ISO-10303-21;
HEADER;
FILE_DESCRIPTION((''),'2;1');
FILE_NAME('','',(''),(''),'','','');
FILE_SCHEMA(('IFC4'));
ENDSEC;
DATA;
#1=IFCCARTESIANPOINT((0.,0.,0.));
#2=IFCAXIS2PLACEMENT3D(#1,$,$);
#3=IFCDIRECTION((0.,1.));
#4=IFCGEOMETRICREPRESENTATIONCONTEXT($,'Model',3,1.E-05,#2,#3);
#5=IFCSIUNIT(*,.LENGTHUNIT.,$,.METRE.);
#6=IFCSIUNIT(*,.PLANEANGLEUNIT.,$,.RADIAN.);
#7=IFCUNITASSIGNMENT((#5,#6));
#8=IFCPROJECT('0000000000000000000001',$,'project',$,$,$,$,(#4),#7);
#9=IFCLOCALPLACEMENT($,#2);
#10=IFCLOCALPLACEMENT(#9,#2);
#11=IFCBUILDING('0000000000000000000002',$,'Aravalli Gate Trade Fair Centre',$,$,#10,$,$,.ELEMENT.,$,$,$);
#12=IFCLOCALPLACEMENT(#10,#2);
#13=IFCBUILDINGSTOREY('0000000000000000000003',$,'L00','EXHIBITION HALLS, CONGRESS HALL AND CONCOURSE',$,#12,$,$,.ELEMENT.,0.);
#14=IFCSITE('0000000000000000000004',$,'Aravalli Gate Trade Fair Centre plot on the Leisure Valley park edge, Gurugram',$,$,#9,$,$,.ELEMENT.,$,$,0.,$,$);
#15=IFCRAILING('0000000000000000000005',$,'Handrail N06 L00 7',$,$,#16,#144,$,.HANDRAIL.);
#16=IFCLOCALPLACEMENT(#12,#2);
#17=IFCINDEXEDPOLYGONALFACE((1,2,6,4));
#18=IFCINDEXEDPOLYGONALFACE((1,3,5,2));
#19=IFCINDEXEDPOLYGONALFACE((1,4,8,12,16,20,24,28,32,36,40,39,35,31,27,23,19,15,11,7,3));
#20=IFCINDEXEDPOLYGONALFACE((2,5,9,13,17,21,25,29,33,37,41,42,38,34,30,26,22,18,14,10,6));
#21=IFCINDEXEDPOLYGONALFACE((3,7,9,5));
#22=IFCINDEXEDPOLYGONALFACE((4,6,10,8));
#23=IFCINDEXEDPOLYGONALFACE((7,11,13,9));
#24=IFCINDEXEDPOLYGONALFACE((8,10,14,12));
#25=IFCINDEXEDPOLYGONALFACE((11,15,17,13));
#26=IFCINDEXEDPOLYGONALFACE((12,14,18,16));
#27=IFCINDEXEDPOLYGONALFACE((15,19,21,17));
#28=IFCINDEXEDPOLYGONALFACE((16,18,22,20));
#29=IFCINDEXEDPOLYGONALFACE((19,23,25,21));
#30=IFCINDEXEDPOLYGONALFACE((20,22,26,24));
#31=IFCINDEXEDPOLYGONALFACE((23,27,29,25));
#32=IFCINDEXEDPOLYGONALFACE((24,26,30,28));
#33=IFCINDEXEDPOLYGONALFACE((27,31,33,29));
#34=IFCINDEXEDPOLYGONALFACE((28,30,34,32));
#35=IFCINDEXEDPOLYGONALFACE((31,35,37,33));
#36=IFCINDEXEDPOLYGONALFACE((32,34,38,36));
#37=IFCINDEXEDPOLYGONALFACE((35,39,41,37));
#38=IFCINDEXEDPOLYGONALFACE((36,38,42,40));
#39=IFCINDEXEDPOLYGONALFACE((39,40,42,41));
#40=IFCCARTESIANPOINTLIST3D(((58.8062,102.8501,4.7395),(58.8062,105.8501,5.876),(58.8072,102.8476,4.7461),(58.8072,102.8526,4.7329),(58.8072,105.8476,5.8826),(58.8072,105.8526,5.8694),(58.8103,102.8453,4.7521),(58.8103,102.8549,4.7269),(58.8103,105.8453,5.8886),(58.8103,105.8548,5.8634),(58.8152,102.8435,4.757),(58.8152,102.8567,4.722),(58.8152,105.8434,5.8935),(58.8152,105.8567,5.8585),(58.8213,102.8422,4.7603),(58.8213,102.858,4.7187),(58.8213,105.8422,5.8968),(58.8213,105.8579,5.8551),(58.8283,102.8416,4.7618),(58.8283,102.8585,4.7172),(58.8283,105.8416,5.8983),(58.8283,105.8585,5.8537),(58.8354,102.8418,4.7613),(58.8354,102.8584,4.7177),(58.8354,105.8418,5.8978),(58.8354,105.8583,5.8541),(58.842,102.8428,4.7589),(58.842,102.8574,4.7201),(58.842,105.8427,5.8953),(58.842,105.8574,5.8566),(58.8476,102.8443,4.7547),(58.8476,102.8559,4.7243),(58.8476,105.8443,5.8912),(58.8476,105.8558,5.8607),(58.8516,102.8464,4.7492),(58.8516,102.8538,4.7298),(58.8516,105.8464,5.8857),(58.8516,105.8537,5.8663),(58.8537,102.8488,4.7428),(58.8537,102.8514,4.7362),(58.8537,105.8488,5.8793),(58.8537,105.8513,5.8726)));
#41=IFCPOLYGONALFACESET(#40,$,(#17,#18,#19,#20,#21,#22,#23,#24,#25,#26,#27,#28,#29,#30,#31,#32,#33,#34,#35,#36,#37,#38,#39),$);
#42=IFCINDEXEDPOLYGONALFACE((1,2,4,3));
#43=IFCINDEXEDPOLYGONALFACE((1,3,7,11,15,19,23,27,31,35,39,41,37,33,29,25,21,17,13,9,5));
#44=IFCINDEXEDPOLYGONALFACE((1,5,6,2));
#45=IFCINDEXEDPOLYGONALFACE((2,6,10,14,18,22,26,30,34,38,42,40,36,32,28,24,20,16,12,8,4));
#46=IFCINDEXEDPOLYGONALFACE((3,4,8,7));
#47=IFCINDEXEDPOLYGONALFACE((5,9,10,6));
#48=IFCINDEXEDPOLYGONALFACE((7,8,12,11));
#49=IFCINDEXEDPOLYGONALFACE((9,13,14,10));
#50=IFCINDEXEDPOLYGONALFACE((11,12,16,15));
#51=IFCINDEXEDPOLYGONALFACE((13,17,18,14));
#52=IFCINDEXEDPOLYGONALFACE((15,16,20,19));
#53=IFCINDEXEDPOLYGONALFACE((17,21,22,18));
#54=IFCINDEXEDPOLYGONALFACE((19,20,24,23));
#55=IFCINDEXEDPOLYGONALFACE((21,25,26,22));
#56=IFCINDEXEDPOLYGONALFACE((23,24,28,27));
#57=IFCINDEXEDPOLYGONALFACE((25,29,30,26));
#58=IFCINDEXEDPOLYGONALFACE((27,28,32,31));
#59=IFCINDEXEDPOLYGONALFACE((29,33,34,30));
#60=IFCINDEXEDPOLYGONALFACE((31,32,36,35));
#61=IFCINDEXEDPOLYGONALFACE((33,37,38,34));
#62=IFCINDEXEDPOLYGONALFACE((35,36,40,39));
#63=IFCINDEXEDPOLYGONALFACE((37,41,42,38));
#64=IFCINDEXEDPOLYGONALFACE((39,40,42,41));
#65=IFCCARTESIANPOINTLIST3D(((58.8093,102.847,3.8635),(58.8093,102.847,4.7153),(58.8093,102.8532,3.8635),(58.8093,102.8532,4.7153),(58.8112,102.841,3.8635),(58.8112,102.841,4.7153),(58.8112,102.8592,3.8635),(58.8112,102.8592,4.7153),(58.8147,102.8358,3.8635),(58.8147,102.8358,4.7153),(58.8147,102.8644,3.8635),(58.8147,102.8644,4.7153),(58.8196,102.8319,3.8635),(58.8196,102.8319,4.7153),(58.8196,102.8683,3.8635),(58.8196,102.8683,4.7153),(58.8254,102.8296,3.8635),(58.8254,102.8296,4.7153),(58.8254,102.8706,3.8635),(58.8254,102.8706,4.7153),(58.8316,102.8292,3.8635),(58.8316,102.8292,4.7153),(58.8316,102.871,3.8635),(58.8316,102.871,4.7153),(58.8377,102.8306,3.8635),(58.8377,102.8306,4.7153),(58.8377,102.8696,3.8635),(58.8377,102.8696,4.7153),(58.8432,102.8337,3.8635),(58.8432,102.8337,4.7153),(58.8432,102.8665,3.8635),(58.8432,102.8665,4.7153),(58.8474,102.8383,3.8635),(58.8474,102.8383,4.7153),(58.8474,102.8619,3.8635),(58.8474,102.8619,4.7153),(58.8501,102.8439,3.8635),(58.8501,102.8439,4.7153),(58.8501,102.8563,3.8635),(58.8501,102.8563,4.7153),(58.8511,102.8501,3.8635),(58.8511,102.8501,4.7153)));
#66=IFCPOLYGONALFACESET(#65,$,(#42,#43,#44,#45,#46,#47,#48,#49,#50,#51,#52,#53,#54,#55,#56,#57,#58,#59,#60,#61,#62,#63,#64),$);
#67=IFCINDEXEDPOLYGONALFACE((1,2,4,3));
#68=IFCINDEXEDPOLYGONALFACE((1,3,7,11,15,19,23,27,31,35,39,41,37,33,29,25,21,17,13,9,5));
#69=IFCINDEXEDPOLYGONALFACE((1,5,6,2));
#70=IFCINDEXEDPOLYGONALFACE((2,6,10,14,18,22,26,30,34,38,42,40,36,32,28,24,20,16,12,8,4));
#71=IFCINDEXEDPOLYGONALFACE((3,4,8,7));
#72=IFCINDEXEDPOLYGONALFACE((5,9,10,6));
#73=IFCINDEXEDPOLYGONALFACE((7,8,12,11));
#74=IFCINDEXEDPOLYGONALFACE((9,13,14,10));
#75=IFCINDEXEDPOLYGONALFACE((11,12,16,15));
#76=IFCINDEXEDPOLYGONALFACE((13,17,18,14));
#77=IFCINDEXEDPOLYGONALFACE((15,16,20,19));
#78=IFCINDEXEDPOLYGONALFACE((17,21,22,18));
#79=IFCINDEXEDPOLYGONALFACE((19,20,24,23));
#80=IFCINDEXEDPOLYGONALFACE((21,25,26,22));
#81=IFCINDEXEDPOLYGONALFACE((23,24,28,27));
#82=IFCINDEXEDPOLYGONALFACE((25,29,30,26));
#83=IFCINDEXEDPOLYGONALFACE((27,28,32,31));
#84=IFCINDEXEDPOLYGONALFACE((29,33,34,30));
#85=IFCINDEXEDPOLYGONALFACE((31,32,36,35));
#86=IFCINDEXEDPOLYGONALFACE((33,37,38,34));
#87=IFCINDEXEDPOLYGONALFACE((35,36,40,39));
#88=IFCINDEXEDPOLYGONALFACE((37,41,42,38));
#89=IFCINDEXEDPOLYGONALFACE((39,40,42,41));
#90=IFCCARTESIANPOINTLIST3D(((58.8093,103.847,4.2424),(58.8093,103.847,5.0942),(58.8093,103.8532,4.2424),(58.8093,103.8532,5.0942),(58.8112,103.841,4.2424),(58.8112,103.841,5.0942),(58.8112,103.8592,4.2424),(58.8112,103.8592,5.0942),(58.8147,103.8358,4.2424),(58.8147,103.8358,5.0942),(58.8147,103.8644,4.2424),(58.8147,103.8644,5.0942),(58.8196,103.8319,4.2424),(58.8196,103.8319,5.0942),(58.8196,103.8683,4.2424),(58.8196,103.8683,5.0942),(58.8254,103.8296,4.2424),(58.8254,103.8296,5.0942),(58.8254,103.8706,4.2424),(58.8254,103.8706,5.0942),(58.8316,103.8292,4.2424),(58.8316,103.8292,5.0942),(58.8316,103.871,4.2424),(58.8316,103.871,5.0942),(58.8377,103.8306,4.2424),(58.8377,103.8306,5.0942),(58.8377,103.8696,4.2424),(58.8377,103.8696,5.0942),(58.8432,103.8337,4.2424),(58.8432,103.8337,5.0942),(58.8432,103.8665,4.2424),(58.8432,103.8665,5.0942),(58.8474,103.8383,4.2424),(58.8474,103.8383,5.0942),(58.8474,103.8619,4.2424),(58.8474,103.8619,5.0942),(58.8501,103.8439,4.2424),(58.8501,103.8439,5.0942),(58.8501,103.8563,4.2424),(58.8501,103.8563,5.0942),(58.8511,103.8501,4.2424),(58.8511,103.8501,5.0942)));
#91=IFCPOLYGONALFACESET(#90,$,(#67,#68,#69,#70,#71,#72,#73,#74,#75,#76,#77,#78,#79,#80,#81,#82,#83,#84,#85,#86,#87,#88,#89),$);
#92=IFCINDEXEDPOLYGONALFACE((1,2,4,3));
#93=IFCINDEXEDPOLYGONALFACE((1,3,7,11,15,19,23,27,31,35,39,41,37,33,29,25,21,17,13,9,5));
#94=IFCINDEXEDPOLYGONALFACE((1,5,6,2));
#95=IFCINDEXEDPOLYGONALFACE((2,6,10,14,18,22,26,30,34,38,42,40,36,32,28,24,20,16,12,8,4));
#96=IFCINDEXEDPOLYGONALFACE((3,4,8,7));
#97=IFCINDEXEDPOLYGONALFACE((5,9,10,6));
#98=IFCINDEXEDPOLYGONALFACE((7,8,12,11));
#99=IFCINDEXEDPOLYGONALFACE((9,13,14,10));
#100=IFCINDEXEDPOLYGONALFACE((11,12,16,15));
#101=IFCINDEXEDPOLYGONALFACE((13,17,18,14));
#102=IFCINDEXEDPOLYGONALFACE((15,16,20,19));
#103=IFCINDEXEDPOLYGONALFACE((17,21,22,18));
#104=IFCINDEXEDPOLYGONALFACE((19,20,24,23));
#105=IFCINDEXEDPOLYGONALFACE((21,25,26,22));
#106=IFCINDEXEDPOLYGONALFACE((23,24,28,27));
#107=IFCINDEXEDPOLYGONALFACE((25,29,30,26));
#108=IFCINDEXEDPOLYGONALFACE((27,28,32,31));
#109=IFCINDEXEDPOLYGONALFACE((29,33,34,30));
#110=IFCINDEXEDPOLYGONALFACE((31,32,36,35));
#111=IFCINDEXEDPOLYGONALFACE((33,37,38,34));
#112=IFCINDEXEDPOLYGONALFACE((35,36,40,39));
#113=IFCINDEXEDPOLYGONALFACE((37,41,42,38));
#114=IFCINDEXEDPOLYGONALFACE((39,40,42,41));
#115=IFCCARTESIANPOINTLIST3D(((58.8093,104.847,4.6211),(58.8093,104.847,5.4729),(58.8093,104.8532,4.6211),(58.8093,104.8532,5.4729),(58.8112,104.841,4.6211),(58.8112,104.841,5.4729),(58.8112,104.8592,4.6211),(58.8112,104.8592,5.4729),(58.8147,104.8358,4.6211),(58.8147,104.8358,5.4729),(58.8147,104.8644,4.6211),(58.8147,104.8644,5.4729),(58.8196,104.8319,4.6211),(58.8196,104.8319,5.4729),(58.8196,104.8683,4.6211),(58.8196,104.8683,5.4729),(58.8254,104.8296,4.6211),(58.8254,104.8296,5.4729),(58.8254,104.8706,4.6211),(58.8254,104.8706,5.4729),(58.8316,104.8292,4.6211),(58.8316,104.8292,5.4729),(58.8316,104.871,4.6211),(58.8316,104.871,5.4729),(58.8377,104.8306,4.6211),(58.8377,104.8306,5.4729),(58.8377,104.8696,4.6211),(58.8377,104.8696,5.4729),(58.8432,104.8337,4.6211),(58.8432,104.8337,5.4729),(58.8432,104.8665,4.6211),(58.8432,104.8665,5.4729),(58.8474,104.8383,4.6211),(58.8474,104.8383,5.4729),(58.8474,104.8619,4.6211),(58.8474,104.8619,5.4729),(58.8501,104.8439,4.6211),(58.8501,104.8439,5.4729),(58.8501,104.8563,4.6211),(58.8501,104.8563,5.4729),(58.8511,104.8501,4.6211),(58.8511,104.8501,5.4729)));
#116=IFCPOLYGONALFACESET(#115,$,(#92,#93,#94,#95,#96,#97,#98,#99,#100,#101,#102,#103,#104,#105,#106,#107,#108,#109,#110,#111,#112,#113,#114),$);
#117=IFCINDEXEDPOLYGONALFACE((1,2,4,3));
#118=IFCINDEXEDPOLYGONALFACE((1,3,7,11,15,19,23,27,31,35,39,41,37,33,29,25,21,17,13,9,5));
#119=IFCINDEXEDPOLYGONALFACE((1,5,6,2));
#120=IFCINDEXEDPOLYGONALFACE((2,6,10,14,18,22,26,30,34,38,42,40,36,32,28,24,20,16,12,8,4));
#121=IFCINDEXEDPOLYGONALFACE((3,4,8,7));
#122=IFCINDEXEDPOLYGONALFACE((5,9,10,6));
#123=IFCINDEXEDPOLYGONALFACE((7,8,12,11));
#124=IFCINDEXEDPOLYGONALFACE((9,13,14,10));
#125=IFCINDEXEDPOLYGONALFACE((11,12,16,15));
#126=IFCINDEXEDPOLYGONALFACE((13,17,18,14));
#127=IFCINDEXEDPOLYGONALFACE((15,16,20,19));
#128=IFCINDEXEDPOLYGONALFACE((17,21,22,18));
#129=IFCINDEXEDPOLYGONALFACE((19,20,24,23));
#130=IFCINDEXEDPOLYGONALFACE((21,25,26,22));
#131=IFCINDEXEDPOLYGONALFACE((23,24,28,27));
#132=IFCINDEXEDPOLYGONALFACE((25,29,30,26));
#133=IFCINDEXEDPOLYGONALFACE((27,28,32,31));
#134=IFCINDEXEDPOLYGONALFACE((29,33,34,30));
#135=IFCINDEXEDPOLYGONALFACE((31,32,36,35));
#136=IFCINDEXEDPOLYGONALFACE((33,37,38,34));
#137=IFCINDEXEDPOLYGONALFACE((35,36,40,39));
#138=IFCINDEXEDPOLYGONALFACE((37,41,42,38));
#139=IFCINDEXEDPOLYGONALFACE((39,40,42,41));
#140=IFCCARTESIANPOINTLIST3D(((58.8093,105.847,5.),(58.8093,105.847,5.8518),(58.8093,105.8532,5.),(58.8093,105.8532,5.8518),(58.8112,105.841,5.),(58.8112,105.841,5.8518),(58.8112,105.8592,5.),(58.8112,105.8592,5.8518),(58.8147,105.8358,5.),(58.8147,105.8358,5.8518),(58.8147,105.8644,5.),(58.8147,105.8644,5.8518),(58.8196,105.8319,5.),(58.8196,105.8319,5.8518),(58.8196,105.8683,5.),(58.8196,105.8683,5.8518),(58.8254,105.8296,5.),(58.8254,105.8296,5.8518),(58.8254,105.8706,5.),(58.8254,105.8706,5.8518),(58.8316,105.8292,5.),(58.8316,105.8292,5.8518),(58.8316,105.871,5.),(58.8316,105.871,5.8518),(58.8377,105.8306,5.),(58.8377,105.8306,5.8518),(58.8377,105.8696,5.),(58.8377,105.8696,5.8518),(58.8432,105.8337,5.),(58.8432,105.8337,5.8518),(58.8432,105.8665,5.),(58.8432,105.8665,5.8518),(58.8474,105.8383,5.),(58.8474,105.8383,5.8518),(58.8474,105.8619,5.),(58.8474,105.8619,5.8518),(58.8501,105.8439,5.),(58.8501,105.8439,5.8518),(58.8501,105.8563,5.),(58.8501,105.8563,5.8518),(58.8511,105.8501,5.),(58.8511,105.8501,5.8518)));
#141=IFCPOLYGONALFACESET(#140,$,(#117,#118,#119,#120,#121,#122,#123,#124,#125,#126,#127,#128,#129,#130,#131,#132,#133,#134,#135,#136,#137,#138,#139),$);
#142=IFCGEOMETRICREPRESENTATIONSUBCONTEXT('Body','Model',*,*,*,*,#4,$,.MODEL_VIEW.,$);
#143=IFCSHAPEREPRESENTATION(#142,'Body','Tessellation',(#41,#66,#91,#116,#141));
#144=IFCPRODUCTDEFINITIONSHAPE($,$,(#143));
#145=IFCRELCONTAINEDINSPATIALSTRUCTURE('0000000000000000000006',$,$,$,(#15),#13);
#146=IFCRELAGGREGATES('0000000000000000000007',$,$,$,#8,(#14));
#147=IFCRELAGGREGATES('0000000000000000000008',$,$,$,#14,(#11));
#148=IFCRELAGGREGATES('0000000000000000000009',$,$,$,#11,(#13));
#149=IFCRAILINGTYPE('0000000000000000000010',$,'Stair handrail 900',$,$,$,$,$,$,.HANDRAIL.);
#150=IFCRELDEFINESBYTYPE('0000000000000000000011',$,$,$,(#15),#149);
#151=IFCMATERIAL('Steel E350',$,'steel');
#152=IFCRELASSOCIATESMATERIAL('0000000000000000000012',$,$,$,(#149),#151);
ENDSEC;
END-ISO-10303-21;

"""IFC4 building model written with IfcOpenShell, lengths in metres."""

from ifc_helpers import new_model, si_unit, direction, frame, origin, origin_2d, place, context, subcontext, project, spatial, circle, extrude, material, type_object, element, save


model = new_model("IFC4")

# Units and contexts
model_context = context("Model", 3, precision=1e-05, world=origin(), true_north=direction((0.0, 1.0)))
body_context = subcontext(model_context, "Body", "Model", "MODEL_VIEW")
ifc_project = project(units=[si_unit("LENGTHUNIT", "METRE"), si_unit("PLANEANGLEUNIT", "RADIAN")], contexts=[model_context])

# Site, building, storey
site_placement = place(None, origin())
site = spatial("IfcSite", under=ifc_project, at=site_placement, Name="Aravalli Gate Trade Fair Centre plot on the Leisure Valley park edge, Gurugram", CompositionType="ELEMENT", RefElevation=0.0)
building_placement = place(site_placement, origin())
building = spatial("IfcBuilding", under=site, at=building_placement, Name="Aravalli Gate Trade Fair Centre", CompositionType="ELEMENT")
storey_placement = place(building_placement, origin())
storey = spatial("IfcBuildingStorey", under=building, at=storey_placement, Name="L00", Description="EXHIBITION HALLS, CONGRESS HALL AND CONCOURSE", CompositionType="ELEMENT", Elevation=0.0)

# Railing
ifc_material_1 = material(Name="Steel E350", Category="steel")
railing_type = type_object("IfcRailingType", Name="Stair handrail 900", PredefinedType="HANDRAIL", material=ifc_material_1)
for number, where, name in (
    (1, (58.8301, 102.8501, 3.8635), "Handrail N06 L00 7"),
):
    element("IfcRailing", number, at=place(storey_placement, frame(where)), inside=storey, type_object=railing_type, Name=name, PredefinedType="HANDRAIL", context=body_context, shape_type="SweptSolid", body=[
        extrude(circle(Radius=0.0239, at=origin_2d()), frame((0.0, 0.0, 0.876), z_axis=(0.0, 0.935148, 0.354257), x_axis=(-1.0, 0.0, 0.0)), (0.0, 0.0, 1.0), 3.208),
        extrude(circle(Radius=0.021, at=origin_2d()), origin(), (0.0, 0.0, 1.0), 0.8518),
        extrude(circle(Radius=0.021, at=origin_2d()), frame((0.0, 1.0, 0.3789)), (0.0, 0.0, 1.0), 0.8518),
        extrude(circle(Radius=0.021, at=origin_2d()), frame((0.0, 2.0, 0.7576)), (0.0, 0.0, 1.0), 0.8518),
        extrude(circle(Radius=0.021, at=origin_2d()), frame((0.0, 3.0, 1.1365)), (0.0, 0.0, 1.0), 0.8518),
    ])

save(model, "model.ifc")
